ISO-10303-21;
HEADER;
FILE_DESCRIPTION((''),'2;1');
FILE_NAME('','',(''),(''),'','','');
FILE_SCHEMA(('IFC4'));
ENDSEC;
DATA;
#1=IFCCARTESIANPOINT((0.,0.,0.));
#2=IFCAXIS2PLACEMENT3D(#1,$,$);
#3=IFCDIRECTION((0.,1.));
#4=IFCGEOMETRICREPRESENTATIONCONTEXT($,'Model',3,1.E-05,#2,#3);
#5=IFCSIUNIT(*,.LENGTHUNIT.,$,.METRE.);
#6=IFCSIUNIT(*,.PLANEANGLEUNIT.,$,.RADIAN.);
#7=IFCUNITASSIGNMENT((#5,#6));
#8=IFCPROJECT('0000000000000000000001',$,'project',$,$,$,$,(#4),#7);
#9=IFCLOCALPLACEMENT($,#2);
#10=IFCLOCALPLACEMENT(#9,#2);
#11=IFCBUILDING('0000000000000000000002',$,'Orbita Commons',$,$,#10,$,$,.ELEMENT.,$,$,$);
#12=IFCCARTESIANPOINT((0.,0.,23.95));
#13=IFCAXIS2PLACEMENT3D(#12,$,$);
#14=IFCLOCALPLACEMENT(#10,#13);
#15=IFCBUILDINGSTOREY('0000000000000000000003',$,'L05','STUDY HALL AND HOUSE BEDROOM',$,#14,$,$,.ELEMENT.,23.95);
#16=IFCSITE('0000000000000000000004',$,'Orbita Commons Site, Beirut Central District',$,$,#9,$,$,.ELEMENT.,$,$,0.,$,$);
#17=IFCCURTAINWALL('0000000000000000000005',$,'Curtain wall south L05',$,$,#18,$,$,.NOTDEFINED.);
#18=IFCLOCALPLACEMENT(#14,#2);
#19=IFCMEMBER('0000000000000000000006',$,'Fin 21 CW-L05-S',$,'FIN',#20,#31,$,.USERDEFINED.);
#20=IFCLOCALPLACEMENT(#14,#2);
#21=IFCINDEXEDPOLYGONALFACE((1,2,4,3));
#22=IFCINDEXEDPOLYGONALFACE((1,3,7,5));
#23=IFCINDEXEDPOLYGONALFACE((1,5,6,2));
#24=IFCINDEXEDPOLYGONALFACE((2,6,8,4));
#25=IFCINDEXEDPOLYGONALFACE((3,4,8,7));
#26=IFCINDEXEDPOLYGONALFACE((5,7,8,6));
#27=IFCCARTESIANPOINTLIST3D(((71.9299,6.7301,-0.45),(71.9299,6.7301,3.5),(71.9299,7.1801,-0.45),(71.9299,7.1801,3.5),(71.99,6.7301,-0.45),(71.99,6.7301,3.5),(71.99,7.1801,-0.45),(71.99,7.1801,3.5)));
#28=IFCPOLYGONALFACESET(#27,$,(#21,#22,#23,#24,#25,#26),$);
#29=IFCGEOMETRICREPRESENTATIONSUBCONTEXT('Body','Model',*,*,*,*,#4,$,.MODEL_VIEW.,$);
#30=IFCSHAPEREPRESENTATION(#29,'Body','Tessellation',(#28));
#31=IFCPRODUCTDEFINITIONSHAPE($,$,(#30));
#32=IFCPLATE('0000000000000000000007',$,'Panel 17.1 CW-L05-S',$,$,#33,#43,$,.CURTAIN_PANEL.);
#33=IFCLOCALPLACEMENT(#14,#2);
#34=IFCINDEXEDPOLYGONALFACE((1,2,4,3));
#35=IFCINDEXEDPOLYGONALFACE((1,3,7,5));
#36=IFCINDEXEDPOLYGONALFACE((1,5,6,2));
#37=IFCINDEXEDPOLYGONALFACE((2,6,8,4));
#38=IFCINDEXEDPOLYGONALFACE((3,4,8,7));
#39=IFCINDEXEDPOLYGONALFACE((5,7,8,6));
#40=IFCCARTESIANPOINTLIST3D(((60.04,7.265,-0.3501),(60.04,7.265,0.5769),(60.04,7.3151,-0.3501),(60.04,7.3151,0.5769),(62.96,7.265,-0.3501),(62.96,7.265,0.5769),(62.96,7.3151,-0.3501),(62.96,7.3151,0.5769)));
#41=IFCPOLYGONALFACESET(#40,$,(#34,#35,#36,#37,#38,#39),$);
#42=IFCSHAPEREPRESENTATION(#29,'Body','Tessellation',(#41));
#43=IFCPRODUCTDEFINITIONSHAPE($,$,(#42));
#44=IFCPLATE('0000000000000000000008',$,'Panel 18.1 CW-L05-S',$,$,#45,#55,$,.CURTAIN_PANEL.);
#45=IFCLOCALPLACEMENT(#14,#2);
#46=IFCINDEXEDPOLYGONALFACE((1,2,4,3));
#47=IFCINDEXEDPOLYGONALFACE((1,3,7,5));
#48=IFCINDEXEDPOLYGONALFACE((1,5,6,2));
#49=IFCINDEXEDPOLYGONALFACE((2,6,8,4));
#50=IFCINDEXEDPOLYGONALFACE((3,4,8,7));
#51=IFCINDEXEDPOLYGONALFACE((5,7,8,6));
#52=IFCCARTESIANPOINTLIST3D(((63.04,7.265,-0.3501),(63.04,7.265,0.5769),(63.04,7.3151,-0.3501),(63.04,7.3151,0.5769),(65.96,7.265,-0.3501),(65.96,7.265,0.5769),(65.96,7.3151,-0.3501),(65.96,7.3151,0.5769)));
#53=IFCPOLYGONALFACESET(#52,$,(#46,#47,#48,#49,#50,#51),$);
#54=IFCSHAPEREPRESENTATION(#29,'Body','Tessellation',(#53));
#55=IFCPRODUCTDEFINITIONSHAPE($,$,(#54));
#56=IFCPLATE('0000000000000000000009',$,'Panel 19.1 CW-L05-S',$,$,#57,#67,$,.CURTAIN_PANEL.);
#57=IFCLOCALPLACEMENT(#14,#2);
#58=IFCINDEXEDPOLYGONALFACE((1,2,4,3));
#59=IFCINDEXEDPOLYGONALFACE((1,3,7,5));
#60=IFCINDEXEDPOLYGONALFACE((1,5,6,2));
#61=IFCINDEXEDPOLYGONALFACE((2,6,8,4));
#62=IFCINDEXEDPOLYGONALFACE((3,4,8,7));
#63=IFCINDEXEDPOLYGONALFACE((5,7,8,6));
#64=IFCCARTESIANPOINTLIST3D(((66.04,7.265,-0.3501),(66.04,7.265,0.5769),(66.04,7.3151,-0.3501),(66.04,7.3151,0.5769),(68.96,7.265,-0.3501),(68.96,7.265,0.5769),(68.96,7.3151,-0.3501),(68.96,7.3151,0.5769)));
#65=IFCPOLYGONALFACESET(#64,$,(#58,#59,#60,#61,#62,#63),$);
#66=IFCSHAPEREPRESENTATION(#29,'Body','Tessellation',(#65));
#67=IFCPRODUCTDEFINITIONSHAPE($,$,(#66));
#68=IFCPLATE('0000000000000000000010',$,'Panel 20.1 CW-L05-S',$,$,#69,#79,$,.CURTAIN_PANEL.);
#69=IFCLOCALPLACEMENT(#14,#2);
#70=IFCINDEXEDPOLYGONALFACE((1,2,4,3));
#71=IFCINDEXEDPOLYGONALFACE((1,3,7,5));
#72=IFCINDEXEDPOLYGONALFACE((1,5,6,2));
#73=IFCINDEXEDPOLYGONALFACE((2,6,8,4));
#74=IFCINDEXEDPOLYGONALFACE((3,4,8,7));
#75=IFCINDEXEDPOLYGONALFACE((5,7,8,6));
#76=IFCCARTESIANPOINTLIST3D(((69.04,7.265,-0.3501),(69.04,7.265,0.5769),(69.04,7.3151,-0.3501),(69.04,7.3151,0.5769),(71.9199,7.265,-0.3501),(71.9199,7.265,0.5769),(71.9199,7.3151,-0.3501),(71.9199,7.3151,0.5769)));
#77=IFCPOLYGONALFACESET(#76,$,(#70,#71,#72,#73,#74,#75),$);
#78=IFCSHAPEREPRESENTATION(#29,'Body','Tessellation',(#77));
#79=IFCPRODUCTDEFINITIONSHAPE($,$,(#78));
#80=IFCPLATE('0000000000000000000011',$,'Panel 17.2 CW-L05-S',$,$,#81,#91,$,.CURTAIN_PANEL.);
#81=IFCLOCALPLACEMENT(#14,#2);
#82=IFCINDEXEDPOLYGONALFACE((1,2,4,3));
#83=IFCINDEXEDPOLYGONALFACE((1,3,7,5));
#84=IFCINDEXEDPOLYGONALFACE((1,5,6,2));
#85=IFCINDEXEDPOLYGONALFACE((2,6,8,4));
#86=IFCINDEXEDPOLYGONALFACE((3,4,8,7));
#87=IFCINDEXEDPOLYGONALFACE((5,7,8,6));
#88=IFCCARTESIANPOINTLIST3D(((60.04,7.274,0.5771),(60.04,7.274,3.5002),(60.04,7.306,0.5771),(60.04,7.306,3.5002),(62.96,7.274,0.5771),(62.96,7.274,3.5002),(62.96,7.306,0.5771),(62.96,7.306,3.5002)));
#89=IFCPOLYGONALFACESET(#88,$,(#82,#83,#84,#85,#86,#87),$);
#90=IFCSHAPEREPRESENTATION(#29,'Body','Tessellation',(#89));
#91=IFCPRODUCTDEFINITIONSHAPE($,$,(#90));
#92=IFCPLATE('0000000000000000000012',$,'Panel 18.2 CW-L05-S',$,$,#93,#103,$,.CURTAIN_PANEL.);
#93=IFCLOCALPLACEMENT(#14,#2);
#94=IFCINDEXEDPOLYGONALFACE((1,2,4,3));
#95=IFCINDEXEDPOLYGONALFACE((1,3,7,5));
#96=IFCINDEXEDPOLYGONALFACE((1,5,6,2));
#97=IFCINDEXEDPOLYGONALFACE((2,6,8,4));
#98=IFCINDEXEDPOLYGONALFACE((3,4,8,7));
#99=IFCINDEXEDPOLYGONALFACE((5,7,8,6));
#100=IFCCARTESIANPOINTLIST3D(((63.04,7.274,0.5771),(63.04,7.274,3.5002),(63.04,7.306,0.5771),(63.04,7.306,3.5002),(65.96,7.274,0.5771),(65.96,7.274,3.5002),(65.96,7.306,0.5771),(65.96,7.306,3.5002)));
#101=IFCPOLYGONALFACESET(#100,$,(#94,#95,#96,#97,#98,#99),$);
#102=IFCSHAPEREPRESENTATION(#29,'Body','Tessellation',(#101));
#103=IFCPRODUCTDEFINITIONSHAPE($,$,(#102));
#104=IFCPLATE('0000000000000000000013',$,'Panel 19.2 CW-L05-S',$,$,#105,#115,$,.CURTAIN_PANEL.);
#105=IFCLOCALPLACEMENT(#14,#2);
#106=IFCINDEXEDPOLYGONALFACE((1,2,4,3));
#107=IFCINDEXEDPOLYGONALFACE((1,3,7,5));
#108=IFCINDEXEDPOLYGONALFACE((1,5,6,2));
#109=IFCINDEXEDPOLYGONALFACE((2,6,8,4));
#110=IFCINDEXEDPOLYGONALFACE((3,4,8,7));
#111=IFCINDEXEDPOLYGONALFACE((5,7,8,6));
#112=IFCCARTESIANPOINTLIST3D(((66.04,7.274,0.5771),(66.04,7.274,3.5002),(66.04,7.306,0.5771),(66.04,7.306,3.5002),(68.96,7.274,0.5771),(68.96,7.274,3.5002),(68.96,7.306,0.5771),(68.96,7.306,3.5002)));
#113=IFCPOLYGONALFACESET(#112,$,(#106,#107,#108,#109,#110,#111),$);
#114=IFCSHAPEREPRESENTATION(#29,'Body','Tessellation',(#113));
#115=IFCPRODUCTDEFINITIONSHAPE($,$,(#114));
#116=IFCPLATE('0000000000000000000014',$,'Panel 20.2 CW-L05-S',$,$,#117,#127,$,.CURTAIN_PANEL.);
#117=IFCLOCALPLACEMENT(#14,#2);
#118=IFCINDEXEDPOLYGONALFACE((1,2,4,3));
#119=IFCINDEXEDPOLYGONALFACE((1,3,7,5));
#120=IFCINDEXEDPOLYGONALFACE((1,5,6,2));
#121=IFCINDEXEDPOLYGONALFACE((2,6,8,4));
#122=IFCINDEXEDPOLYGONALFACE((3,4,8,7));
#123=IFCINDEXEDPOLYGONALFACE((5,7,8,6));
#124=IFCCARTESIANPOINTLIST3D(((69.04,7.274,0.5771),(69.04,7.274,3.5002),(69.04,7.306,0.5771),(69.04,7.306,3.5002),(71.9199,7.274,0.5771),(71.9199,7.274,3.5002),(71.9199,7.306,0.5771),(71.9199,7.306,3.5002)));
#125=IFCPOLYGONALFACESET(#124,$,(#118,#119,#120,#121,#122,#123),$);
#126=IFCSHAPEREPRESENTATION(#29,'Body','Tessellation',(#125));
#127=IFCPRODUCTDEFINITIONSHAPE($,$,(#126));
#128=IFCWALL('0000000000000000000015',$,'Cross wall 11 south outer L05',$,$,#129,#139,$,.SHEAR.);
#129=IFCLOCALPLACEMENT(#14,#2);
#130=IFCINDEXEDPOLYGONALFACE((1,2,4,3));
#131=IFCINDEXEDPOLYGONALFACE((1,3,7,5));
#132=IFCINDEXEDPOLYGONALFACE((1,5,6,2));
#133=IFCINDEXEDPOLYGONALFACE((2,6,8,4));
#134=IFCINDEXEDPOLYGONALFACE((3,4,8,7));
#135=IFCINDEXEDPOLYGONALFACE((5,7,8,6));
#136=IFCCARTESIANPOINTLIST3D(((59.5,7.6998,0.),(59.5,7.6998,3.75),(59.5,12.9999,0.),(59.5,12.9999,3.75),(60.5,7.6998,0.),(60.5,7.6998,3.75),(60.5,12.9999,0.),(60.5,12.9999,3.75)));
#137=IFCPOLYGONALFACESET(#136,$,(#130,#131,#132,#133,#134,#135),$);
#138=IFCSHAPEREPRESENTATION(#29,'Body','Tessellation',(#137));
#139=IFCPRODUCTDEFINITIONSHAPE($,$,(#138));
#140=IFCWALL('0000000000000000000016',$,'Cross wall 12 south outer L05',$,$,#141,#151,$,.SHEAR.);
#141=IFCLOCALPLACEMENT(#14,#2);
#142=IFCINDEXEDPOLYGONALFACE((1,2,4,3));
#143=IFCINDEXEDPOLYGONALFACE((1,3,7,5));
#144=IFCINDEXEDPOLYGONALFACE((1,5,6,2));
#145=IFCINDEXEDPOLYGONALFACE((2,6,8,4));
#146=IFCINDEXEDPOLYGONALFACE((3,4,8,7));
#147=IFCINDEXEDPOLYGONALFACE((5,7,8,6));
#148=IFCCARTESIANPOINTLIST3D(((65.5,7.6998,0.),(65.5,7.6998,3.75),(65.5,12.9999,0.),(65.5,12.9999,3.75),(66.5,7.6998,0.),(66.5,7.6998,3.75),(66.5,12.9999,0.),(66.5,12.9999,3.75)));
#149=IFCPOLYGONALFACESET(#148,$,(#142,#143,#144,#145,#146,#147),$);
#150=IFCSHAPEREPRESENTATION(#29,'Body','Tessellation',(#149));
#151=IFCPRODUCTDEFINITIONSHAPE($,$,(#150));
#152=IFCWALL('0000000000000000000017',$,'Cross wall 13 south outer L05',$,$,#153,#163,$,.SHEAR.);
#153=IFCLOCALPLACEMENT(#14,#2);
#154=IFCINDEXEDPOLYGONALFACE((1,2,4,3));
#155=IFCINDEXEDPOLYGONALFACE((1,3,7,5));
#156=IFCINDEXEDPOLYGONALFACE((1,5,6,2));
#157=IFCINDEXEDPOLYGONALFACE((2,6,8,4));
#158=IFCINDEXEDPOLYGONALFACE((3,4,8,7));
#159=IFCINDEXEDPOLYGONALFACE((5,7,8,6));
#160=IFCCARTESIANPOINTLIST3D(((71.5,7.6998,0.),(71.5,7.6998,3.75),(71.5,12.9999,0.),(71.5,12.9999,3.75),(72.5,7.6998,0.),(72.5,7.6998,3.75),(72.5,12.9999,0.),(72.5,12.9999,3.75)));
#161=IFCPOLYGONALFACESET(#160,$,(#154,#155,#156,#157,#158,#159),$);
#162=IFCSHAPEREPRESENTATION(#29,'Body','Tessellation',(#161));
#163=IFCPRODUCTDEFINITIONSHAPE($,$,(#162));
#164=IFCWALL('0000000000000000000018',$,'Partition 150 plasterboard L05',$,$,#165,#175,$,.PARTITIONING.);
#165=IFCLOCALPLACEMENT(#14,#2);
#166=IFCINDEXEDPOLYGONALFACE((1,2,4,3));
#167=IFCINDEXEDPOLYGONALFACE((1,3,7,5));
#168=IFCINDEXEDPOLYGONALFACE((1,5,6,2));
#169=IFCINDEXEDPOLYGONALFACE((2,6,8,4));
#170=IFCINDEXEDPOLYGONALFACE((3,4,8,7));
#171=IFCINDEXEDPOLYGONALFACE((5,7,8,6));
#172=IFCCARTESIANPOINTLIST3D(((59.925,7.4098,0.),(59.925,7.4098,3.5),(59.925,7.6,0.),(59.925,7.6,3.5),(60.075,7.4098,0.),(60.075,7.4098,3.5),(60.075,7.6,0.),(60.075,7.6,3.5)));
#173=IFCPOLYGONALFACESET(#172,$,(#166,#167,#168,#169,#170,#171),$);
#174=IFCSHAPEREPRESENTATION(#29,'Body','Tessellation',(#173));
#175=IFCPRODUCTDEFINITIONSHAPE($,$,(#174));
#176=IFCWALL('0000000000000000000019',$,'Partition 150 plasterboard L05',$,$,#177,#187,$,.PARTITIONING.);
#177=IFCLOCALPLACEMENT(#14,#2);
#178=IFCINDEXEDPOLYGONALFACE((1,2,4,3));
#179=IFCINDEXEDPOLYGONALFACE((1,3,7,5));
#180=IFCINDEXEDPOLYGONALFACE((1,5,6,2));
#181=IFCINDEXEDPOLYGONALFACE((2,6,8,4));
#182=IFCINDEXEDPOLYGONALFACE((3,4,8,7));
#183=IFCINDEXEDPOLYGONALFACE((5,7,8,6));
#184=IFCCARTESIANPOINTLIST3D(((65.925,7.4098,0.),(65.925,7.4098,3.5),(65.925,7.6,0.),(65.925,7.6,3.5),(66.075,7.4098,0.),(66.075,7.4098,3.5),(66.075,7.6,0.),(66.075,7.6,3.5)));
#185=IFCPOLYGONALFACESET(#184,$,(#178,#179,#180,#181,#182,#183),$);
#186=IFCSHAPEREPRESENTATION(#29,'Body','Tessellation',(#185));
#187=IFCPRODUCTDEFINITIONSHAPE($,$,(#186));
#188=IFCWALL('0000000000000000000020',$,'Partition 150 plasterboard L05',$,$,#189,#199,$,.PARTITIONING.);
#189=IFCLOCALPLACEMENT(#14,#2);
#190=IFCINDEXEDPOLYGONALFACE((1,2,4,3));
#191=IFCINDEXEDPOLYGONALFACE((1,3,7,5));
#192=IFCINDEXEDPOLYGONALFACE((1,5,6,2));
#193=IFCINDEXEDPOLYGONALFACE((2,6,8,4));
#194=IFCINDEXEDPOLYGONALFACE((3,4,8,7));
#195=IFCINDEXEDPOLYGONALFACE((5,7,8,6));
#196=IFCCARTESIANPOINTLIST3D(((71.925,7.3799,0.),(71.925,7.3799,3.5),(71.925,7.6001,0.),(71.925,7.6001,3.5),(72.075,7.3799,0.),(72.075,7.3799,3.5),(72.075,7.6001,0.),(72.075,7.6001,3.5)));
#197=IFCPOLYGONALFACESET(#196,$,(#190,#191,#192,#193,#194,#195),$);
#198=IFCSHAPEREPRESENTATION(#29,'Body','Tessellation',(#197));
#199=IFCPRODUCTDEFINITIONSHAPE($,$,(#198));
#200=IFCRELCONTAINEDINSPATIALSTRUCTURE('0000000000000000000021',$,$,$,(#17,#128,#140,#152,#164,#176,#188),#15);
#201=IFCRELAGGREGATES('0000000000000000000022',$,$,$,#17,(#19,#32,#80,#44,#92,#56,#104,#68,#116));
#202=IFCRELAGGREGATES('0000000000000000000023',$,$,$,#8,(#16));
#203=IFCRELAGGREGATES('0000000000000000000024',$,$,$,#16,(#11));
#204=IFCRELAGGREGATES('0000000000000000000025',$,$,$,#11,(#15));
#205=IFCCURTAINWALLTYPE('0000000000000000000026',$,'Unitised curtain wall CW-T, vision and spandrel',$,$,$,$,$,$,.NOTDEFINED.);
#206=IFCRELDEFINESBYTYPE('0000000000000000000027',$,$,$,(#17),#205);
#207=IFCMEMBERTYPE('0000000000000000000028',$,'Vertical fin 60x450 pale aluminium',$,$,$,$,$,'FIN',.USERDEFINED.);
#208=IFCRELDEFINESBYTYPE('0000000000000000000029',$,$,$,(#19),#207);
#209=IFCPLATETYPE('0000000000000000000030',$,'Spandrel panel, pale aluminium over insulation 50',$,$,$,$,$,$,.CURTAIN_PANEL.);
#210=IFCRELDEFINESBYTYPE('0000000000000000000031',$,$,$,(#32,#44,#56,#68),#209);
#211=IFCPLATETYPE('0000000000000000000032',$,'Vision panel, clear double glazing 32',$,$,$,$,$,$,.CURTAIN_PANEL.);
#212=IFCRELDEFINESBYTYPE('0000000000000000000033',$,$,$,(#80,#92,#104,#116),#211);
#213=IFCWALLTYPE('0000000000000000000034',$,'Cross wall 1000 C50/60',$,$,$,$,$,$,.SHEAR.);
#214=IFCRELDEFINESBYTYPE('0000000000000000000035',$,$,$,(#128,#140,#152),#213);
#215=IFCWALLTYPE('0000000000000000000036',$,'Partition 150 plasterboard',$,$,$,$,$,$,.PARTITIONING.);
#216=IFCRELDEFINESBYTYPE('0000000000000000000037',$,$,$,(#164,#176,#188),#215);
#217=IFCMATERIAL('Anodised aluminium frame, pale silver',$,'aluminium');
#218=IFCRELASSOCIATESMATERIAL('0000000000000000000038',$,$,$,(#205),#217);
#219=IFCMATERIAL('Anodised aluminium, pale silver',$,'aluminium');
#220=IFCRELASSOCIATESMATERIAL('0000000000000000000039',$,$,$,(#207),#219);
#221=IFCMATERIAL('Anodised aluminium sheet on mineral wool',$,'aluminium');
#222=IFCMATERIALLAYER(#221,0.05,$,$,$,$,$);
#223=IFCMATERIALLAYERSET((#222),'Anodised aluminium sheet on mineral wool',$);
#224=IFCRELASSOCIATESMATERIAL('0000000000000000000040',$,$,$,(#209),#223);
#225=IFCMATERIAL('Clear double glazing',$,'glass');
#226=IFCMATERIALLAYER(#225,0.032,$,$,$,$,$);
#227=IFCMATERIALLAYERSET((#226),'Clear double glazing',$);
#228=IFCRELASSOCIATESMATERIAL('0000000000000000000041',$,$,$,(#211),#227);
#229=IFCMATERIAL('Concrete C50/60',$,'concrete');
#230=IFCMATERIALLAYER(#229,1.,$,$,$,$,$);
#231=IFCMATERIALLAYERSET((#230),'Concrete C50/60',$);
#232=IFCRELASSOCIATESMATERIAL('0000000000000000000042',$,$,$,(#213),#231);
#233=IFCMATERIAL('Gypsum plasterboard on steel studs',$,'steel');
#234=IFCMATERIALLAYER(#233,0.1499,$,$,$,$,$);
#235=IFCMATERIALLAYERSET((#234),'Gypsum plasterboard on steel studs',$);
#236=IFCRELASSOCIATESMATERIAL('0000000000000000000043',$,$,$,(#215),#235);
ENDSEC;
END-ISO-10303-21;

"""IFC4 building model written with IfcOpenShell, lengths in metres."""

from ifc_helpers import new_model, si_unit, direction, frame, frame_2d, origin, origin_2d, place, context, subcontext, project, spatial, rectangle, extrude, material, layer, layer_set, material_profile, profile_set, type_object, element, aggregate, save


model = new_model("IFC4")

# Units and contexts
model_context = context("Model", 3, precision=1e-05, world=origin(), true_north=direction((0.0, 1.0)))
body_context = subcontext(model_context, "Body", "Model", "MODEL_VIEW")
ifc_project = project(units=[si_unit("LENGTHUNIT", "METRE"), si_unit("PLANEANGLEUNIT", "RADIAN")], contexts=[model_context])

# Site, building, storey
site_placement = place(None, origin())
site = spatial("IfcSite", under=ifc_project, at=site_placement, Name="Orbita Commons Site, Beirut Central District", CompositionType="ELEMENT", RefElevation=0.0)
building_placement = place(site_placement, origin())
building = spatial("IfcBuilding", under=site, at=building_placement, Name="Orbita Commons", CompositionType="ELEMENT")
storey_placement = place(building_placement, frame((0.0, 0.0, 23.95)))
storey = spatial("IfcBuildingStorey", under=building, at=storey_placement, Name="L05", Description="STUDY HALL AND HOUSE BEDROOM", CompositionType="ELEMENT", Elevation=23.95)

# Curtain wall
ifc_material_1 = material(Name="Anodised aluminium frame, pale silver", Category="aluminium")
curtain_wall_type = type_object("IfcCurtainWallType", Name="Unitised curtain wall CW-T, vision and spandrel", PredefinedType="NOTDEFINED", material=ifc_material_1)
curtain_wall_placement = place(storey_placement, origin())
curtain_wall = element("IfcCurtainWall", 1, at=curtain_wall_placement, inside=storey, type_object=curtain_wall_type, Name="Curtain wall south L05", PredefinedType="NOTDEFINED")

# Member
ifc_material_2 = material(Name="Anodised aluminium, pale silver", Category="aluminium")
ifc_material_profile_1 = material_profile(ifc_material_2, rectangle(XDim=0.0601, YDim=0.45, at=origin_2d()), Name="FIN 60x450")
ifc_profile_set_1 = profile_set([ifc_material_profile_1], Name="Anodised aluminium, pale silver")
member_type_1 = type_object("IfcMemberType", Name="Vertical fin 60x450 pale aluminium", ElementType="FIN", PredefinedType="USERDEFINED", material=ifc_profile_set_1)
member_1_placement = place(storey_placement, frame((71.96, 6.9551, -0.45), z_axis=(0.0, 0.0, 1.0), x_axis=(1.0, 0.0, 0.0)))
member_1 = element("IfcMember", 2, at=member_1_placement, type_object=member_type_1, Name="Fin 21 CW-L05-S", ObjectType="FIN", PredefinedType="USERDEFINED", context=body_context, shape_type="SweptSolid", body=[
    extrude(rectangle(XDim=0.0601, YDim=0.45, at=origin_2d()), origin(), (0.0, 0.0, 1.0), 3.95),
])

# Plates
ifc_material_3 = material(Name="Anodised aluminium sheet on mineral wool", Category="aluminium")
ifc_layer_1 = layer(ifc_material_3, 0.05)
ifc_layer_set_1 = layer_set([ifc_layer_1], Name="Anodised aluminium sheet on mineral wool")
plate_type_1 = type_object("IfcPlateType", Name="Spandrel panel, pale aluminium over insulation 50", PredefinedType="CURTAIN_PANEL", material=ifc_layer_set_1)
plate_1_placement = place(storey_placement, frame((61.5, 7.29, -0.3501), z_axis=(0.0, 0.0, 1.0), x_axis=(1.0, 0.0, 0.0)))
plate_1 = element("IfcPlate", 3, at=plate_1_placement, type_object=plate_type_1, Name="Panel 17.1 CW-L05-S", PredefinedType="CURTAIN_PANEL", context=body_context, shape_type="SweptSolid", body=[
    extrude(rectangle(XDim=2.9199, YDim=0.05, at=origin_2d()), origin(), (0.0, 0.0, 1.0), 0.927),
])
plate_2_placement = place(storey_placement, frame((64.5, 7.29, -0.3501), z_axis=(0.0, 0.0, 1.0), x_axis=(1.0, 0.0, 0.0)))
plate_2 = element("IfcPlate", 4, at=plate_2_placement, type_object=plate_type_1, Name="Panel 18.1 CW-L05-S", PredefinedType="CURTAIN_PANEL", context=body_context, shape_type="SweptSolid", body=[
    extrude(rectangle(XDim=2.9199, YDim=0.05, at=origin_2d()), origin(), (0.0, 0.0, 1.0), 0.927),
])
plate_3_placement = place(storey_placement, frame((67.5, 7.29, -0.3501), z_axis=(0.0, 0.0, 1.0), x_axis=(1.0, 0.0, 0.0)))
plate_3 = element("IfcPlate", 5, at=plate_3_placement, type_object=plate_type_1, Name="Panel 19.1 CW-L05-S", PredefinedType="CURTAIN_PANEL", context=body_context, shape_type="SweptSolid", body=[
    extrude(rectangle(XDim=2.9199, YDim=0.05, at=origin_2d()), origin(), (0.0, 0.0, 1.0), 0.927),
])
plate_4_placement = place(storey_placement, frame((70.48, 7.29, -0.3501), z_axis=(0.0, 0.0, 1.0), x_axis=(1.0, 0.0, 0.0)))
plate_4 = element("IfcPlate", 6, at=plate_4_placement, type_object=plate_type_1, Name="Panel 20.1 CW-L05-S", PredefinedType="CURTAIN_PANEL", context=body_context, shape_type="SweptSolid", body=[
    extrude(rectangle(XDim=2.8799, YDim=0.05, at=origin_2d()), origin(), (0.0, 0.0, 1.0), 0.927),
])
ifc_material_4 = material(Name="Clear double glazing", Category="glass")
ifc_layer_2 = layer(ifc_material_4, 0.032)
ifc_layer_set_2 = layer_set([ifc_layer_2], Name="Clear double glazing")
plate_type_2 = type_object("IfcPlateType", Name="Vision panel, clear double glazing 32", PredefinedType="CURTAIN_PANEL", material=ifc_layer_set_2)
plate_5_placement = place(storey_placement, frame((61.5, 7.29, 0.5771), z_axis=(0.0, 0.0, 1.0), x_axis=(1.0, 0.0, 0.0)))
plate_5 = element("IfcPlate", 7, at=plate_5_placement, type_object=plate_type_2, Name="Panel 17.2 CW-L05-S", PredefinedType="CURTAIN_PANEL", context=body_context, shape_type="SweptSolid", body=[
    extrude(rectangle(XDim=2.9199, YDim=0.032, at=origin_2d()), origin(), (0.0, 0.0, 1.0), 2.9231),
])
plate_6_placement = place(storey_placement, frame((64.5, 7.29, 0.5771), z_axis=(0.0, 0.0, 1.0), x_axis=(1.0, 0.0, 0.0)))
plate_6 = element("IfcPlate", 8, at=plate_6_placement, type_object=plate_type_2, Name="Panel 18.2 CW-L05-S", PredefinedType="CURTAIN_PANEL", context=body_context, shape_type="SweptSolid", body=[
    extrude(rectangle(XDim=2.9199, YDim=0.032, at=origin_2d()), origin(), (0.0, 0.0, 1.0), 2.9231),
])
plate_7_placement = place(storey_placement, frame((67.5, 7.29, 0.5771), z_axis=(0.0, 0.0, 1.0), x_axis=(1.0, 0.0, 0.0)))
plate_7 = element("IfcPlate", 9, at=plate_7_placement, type_object=plate_type_2, Name="Panel 19.2 CW-L05-S", PredefinedType="CURTAIN_PANEL", context=body_context, shape_type="SweptSolid", body=[
    extrude(rectangle(XDim=2.9199, YDim=0.032, at=origin_2d()), origin(), (0.0, 0.0, 1.0), 2.9231),
])
plate_8_placement = place(storey_placement, frame((70.48, 7.29, 0.5771), z_axis=(0.0, 0.0, 1.0), x_axis=(1.0, 0.0, 0.0)))
plate_8 = element("IfcPlate", 10, at=plate_8_placement, type_object=plate_type_2, Name="Panel 20.2 CW-L05-S", PredefinedType="CURTAIN_PANEL", context=body_context, shape_type="SweptSolid", body=[
    extrude(rectangle(XDim=2.8799, YDim=0.032, at=origin_2d()), origin(), (0.0, 0.0, 1.0), 2.9231),
])
aggregate(curtain_wall, [member_1, plate_1, plate_5, plate_2, plate_6, plate_3, plate_7, plate_4, plate_8])

# Walls
ifc_material_5 = material(Name="Concrete C50/60", Category="concrete")
ifc_layer_3 = layer(ifc_material_5, 1.0)
ifc_layer_set_3 = layer_set([ifc_layer_3], Name="Concrete C50/60")
wall_type_1 = type_object("IfcWallType", Name="Cross wall 1000 C50/60", PredefinedType="SHEAR", material=ifc_layer_set_3)
for number, where, z_axis, x_axis, name in (
    (11, (60.0, 7.7, 0.0), (0.0, 0.0, 1.0), (0.0, 1.0, 0.0), "Cross wall 11 south outer L05"),
    (12, (66.0, 7.7, 0.0), (0.0, 0.0, 1.0), (0.0, 1.0, 0.0), "Cross wall 12 south outer L05"),
    (13, (72.0, 7.7, 0.0), (0.0, 0.0, 1.0), (0.0, 1.0, 0.0), "Cross wall 13 south outer L05"),
):
    element("IfcWall", number, at=place(storey_placement, frame(where, z_axis=z_axis, x_axis=x_axis)), inside=storey, type_object=wall_type_1, Name=name, PredefinedType="SHEAR", context=body_context, shape_type="SweptSolid", body=[
        extrude(rectangle(XDim=5.3, YDim=1.0, at=frame_2d((2.6499, 0.0))), origin(), (0.0, 0.0, 1.0), 3.75),
    ])
ifc_material_6 = material(Name="Gypsum plasterboard on steel studs", Category="steel")
ifc_layer_4 = layer(ifc_material_6, 0.1499)
ifc_layer_set_4 = layer_set([ifc_layer_4], Name="Gypsum plasterboard on steel studs")
wall_type_2 = type_object("IfcWallType", Name="Partition 150 plasterboard", PredefinedType="PARTITIONING", material=ifc_layer_set_4)
for number, where, z_axis, x_axis, name in (
    (14, (60.0, 7.6001, 0.0), (0.0, 0.0, 1.0), (0.0, -1.0, 0.0), "Partition 150 plasterboard L05"),
    (15, (66.0, 7.6001, 0.0), (0.0, 0.0, 1.0), (0.0, -1.0, 0.0), "Partition 150 plasterboard L05"),
):
    element("IfcWall", number, at=place(storey_placement, frame(where, z_axis=z_axis, x_axis=x_axis)), inside=storey, type_object=wall_type_2, Name=name, PredefinedType="PARTITIONING", context=body_context, shape_type="SweptSolid", body=[
        extrude(rectangle(XDim=0.1902, YDim=0.1499, at=frame_2d((0.0952, 0.0))), origin(), (0.0, 0.0, 1.0), 3.5),
    ])
wall_1_placement = place(storey_placement, frame((72.0, 7.6001, 0.0), z_axis=(0.0, 0.0, 1.0), x_axis=(0.0, -1.0, 0.0)))
element("IfcWall", 16, at=wall_1_placement, inside=storey, type_object=wall_type_2, Name="Partition 150 plasterboard L05", PredefinedType="PARTITIONING", context=body_context, shape_type="SweptSolid", body=[
    extrude(rectangle(XDim=0.2202, YDim=0.1499, at=frame_2d((0.1101, 0.0))), origin(), (0.0, 0.0, 1.0), 3.5),
])

save(model, "model.ifc")
